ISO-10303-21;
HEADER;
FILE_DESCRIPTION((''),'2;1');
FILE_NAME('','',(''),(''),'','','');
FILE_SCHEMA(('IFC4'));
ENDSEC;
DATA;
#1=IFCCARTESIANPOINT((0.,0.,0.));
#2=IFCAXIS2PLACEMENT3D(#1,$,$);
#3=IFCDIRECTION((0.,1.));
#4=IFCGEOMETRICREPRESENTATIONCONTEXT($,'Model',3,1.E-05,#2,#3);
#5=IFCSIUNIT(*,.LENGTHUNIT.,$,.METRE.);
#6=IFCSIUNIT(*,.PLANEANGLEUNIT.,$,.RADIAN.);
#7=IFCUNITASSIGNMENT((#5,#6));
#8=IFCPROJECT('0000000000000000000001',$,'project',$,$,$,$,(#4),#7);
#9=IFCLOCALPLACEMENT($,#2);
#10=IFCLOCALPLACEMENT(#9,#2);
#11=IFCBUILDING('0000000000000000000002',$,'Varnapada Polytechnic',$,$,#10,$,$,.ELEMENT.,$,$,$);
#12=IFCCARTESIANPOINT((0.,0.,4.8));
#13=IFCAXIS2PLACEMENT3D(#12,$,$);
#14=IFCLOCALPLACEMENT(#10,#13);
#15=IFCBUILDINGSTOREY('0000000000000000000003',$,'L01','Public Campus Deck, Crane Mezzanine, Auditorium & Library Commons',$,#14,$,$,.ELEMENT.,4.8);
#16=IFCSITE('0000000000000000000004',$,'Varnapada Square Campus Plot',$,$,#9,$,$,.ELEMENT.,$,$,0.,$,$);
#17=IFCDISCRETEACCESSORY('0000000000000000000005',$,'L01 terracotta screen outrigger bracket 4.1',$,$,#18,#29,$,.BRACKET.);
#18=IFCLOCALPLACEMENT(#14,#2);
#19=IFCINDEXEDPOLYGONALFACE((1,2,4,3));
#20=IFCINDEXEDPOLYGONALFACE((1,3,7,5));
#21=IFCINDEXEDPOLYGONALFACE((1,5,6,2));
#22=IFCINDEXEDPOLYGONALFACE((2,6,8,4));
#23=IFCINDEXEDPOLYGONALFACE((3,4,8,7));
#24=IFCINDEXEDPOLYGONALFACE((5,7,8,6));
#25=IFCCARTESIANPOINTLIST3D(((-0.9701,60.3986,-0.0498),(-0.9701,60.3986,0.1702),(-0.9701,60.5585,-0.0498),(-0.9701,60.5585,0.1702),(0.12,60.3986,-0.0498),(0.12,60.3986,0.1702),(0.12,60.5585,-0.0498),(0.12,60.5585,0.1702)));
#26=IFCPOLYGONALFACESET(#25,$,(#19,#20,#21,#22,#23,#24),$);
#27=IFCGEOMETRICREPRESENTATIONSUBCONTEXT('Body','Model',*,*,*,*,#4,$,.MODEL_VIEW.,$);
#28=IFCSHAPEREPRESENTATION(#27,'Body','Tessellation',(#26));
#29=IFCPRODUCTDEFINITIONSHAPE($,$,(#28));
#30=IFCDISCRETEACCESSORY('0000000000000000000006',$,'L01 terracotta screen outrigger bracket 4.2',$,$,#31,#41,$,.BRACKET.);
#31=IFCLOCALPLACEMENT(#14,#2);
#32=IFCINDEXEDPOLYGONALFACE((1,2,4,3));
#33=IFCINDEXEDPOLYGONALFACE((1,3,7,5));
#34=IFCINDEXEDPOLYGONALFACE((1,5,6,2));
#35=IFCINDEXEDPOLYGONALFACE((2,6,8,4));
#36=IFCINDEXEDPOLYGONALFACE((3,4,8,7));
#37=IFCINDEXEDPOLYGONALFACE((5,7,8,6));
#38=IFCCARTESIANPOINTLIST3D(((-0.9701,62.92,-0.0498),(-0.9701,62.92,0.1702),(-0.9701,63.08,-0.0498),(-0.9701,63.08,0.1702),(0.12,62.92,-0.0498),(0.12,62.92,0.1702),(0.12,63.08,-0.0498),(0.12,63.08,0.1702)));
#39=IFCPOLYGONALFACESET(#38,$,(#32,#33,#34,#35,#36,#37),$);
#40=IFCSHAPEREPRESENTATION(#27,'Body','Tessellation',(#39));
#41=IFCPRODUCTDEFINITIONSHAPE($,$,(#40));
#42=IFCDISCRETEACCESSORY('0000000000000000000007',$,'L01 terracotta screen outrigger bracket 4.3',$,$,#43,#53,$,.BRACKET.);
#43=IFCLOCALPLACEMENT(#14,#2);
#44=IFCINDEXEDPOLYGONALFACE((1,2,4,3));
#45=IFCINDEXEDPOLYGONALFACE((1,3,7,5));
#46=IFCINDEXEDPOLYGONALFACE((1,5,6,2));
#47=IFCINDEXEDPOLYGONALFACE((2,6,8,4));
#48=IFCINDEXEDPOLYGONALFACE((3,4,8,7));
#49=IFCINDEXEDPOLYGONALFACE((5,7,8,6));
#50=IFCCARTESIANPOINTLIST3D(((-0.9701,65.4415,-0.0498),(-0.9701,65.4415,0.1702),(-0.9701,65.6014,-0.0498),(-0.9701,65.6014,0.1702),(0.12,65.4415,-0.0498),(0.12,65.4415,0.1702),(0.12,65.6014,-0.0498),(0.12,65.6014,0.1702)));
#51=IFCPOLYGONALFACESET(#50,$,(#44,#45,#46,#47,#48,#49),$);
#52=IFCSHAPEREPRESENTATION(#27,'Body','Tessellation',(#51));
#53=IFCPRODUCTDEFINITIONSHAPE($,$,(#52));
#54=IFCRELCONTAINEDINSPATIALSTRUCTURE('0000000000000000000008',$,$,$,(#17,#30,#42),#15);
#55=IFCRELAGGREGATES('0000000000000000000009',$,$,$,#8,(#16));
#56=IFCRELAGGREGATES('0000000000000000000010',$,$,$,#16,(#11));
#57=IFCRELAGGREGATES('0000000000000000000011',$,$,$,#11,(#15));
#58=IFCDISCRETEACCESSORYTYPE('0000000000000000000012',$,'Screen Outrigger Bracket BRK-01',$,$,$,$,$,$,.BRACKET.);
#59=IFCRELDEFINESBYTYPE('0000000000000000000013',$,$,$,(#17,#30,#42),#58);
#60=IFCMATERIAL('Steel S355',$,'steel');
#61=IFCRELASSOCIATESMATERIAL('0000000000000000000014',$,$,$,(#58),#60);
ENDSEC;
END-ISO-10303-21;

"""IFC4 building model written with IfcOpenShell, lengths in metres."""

from ifc_helpers import new_model, si_unit, direction, frame, origin, origin_2d, place, context, subcontext, project, spatial, rectangle, extrude, material, type_object, element, save


model = new_model("IFC4")

# Units and contexts
model_context = context("Model", 3, precision=1e-05, world=origin(), true_north=direction((0.0, 1.0)))
body_context = subcontext(model_context, "Body", "Model", "MODEL_VIEW")
ifc_project = project(units=[si_unit("LENGTHUNIT", "METRE"), si_unit("PLANEANGLEUNIT", "RADIAN")], contexts=[model_context])

# Site, building, storey
site_placement = place(None, origin())
site = spatial("IfcSite", under=ifc_project, at=site_placement, Name="Varnapada Square Campus Plot", CompositionType="ELEMENT", RefElevation=0.0)
building_placement = place(site_placement, origin())
building = spatial("IfcBuilding", under=site, at=building_placement, Name="Varnapada Polytechnic", CompositionType="ELEMENT")
storey_placement = place(building_placement, frame((0.0, 0.0, 4.8)))
storey = spatial("IfcBuildingStorey", under=building, at=storey_placement, Name="L01", Description="Public Campus Deck, Crane Mezzanine, Auditorium & Library Commons", CompositionType="ELEMENT", Elevation=4.8)

# Shared definitions
ifc_material_1 = material(Name="Steel S355", Category="steel")

# Discrete accessories
discrete_accessory_type = type_object("IfcDiscreteAccessoryType", Name="Screen Outrigger Bracket BRK-01", PredefinedType="BRACKET", material=ifc_material_1)
for number, where, z_axis, x_axis, name in (
    (1, (-0.425, 60.4785, -0.0498), (0.0, 0.0, 1.0), (0.0, 1.0, 0.0), "L01 terracotta screen outrigger bracket 4.1"),
    (2, (-0.425, 63.0, -0.0498), (0.0, 0.0, 1.0), (0.0, 1.0, 0.0), "L01 terracotta screen outrigger bracket 4.2"),
    (3, (-0.425, 65.5215, -0.0498), (0.0, 0.0, 1.0), (0.0, 1.0, 0.0), "L01 terracotta screen outrigger bracket 4.3"),
):
    element("IfcDiscreteAccessory", number, at=place(storey_placement, frame(where, z_axis=z_axis, x_axis=x_axis)), inside=storey, type_object=discrete_accessory_type, Name=name, PredefinedType="BRACKET", context=body_context, shape_type="SweptSolid", body=[
        extrude(rectangle(XDim=0.1599, YDim=1.0901, at=origin_2d()), origin(), (0.0, 0.0, 1.0), 0.22),
    ])

save(model, "model.ifc")
